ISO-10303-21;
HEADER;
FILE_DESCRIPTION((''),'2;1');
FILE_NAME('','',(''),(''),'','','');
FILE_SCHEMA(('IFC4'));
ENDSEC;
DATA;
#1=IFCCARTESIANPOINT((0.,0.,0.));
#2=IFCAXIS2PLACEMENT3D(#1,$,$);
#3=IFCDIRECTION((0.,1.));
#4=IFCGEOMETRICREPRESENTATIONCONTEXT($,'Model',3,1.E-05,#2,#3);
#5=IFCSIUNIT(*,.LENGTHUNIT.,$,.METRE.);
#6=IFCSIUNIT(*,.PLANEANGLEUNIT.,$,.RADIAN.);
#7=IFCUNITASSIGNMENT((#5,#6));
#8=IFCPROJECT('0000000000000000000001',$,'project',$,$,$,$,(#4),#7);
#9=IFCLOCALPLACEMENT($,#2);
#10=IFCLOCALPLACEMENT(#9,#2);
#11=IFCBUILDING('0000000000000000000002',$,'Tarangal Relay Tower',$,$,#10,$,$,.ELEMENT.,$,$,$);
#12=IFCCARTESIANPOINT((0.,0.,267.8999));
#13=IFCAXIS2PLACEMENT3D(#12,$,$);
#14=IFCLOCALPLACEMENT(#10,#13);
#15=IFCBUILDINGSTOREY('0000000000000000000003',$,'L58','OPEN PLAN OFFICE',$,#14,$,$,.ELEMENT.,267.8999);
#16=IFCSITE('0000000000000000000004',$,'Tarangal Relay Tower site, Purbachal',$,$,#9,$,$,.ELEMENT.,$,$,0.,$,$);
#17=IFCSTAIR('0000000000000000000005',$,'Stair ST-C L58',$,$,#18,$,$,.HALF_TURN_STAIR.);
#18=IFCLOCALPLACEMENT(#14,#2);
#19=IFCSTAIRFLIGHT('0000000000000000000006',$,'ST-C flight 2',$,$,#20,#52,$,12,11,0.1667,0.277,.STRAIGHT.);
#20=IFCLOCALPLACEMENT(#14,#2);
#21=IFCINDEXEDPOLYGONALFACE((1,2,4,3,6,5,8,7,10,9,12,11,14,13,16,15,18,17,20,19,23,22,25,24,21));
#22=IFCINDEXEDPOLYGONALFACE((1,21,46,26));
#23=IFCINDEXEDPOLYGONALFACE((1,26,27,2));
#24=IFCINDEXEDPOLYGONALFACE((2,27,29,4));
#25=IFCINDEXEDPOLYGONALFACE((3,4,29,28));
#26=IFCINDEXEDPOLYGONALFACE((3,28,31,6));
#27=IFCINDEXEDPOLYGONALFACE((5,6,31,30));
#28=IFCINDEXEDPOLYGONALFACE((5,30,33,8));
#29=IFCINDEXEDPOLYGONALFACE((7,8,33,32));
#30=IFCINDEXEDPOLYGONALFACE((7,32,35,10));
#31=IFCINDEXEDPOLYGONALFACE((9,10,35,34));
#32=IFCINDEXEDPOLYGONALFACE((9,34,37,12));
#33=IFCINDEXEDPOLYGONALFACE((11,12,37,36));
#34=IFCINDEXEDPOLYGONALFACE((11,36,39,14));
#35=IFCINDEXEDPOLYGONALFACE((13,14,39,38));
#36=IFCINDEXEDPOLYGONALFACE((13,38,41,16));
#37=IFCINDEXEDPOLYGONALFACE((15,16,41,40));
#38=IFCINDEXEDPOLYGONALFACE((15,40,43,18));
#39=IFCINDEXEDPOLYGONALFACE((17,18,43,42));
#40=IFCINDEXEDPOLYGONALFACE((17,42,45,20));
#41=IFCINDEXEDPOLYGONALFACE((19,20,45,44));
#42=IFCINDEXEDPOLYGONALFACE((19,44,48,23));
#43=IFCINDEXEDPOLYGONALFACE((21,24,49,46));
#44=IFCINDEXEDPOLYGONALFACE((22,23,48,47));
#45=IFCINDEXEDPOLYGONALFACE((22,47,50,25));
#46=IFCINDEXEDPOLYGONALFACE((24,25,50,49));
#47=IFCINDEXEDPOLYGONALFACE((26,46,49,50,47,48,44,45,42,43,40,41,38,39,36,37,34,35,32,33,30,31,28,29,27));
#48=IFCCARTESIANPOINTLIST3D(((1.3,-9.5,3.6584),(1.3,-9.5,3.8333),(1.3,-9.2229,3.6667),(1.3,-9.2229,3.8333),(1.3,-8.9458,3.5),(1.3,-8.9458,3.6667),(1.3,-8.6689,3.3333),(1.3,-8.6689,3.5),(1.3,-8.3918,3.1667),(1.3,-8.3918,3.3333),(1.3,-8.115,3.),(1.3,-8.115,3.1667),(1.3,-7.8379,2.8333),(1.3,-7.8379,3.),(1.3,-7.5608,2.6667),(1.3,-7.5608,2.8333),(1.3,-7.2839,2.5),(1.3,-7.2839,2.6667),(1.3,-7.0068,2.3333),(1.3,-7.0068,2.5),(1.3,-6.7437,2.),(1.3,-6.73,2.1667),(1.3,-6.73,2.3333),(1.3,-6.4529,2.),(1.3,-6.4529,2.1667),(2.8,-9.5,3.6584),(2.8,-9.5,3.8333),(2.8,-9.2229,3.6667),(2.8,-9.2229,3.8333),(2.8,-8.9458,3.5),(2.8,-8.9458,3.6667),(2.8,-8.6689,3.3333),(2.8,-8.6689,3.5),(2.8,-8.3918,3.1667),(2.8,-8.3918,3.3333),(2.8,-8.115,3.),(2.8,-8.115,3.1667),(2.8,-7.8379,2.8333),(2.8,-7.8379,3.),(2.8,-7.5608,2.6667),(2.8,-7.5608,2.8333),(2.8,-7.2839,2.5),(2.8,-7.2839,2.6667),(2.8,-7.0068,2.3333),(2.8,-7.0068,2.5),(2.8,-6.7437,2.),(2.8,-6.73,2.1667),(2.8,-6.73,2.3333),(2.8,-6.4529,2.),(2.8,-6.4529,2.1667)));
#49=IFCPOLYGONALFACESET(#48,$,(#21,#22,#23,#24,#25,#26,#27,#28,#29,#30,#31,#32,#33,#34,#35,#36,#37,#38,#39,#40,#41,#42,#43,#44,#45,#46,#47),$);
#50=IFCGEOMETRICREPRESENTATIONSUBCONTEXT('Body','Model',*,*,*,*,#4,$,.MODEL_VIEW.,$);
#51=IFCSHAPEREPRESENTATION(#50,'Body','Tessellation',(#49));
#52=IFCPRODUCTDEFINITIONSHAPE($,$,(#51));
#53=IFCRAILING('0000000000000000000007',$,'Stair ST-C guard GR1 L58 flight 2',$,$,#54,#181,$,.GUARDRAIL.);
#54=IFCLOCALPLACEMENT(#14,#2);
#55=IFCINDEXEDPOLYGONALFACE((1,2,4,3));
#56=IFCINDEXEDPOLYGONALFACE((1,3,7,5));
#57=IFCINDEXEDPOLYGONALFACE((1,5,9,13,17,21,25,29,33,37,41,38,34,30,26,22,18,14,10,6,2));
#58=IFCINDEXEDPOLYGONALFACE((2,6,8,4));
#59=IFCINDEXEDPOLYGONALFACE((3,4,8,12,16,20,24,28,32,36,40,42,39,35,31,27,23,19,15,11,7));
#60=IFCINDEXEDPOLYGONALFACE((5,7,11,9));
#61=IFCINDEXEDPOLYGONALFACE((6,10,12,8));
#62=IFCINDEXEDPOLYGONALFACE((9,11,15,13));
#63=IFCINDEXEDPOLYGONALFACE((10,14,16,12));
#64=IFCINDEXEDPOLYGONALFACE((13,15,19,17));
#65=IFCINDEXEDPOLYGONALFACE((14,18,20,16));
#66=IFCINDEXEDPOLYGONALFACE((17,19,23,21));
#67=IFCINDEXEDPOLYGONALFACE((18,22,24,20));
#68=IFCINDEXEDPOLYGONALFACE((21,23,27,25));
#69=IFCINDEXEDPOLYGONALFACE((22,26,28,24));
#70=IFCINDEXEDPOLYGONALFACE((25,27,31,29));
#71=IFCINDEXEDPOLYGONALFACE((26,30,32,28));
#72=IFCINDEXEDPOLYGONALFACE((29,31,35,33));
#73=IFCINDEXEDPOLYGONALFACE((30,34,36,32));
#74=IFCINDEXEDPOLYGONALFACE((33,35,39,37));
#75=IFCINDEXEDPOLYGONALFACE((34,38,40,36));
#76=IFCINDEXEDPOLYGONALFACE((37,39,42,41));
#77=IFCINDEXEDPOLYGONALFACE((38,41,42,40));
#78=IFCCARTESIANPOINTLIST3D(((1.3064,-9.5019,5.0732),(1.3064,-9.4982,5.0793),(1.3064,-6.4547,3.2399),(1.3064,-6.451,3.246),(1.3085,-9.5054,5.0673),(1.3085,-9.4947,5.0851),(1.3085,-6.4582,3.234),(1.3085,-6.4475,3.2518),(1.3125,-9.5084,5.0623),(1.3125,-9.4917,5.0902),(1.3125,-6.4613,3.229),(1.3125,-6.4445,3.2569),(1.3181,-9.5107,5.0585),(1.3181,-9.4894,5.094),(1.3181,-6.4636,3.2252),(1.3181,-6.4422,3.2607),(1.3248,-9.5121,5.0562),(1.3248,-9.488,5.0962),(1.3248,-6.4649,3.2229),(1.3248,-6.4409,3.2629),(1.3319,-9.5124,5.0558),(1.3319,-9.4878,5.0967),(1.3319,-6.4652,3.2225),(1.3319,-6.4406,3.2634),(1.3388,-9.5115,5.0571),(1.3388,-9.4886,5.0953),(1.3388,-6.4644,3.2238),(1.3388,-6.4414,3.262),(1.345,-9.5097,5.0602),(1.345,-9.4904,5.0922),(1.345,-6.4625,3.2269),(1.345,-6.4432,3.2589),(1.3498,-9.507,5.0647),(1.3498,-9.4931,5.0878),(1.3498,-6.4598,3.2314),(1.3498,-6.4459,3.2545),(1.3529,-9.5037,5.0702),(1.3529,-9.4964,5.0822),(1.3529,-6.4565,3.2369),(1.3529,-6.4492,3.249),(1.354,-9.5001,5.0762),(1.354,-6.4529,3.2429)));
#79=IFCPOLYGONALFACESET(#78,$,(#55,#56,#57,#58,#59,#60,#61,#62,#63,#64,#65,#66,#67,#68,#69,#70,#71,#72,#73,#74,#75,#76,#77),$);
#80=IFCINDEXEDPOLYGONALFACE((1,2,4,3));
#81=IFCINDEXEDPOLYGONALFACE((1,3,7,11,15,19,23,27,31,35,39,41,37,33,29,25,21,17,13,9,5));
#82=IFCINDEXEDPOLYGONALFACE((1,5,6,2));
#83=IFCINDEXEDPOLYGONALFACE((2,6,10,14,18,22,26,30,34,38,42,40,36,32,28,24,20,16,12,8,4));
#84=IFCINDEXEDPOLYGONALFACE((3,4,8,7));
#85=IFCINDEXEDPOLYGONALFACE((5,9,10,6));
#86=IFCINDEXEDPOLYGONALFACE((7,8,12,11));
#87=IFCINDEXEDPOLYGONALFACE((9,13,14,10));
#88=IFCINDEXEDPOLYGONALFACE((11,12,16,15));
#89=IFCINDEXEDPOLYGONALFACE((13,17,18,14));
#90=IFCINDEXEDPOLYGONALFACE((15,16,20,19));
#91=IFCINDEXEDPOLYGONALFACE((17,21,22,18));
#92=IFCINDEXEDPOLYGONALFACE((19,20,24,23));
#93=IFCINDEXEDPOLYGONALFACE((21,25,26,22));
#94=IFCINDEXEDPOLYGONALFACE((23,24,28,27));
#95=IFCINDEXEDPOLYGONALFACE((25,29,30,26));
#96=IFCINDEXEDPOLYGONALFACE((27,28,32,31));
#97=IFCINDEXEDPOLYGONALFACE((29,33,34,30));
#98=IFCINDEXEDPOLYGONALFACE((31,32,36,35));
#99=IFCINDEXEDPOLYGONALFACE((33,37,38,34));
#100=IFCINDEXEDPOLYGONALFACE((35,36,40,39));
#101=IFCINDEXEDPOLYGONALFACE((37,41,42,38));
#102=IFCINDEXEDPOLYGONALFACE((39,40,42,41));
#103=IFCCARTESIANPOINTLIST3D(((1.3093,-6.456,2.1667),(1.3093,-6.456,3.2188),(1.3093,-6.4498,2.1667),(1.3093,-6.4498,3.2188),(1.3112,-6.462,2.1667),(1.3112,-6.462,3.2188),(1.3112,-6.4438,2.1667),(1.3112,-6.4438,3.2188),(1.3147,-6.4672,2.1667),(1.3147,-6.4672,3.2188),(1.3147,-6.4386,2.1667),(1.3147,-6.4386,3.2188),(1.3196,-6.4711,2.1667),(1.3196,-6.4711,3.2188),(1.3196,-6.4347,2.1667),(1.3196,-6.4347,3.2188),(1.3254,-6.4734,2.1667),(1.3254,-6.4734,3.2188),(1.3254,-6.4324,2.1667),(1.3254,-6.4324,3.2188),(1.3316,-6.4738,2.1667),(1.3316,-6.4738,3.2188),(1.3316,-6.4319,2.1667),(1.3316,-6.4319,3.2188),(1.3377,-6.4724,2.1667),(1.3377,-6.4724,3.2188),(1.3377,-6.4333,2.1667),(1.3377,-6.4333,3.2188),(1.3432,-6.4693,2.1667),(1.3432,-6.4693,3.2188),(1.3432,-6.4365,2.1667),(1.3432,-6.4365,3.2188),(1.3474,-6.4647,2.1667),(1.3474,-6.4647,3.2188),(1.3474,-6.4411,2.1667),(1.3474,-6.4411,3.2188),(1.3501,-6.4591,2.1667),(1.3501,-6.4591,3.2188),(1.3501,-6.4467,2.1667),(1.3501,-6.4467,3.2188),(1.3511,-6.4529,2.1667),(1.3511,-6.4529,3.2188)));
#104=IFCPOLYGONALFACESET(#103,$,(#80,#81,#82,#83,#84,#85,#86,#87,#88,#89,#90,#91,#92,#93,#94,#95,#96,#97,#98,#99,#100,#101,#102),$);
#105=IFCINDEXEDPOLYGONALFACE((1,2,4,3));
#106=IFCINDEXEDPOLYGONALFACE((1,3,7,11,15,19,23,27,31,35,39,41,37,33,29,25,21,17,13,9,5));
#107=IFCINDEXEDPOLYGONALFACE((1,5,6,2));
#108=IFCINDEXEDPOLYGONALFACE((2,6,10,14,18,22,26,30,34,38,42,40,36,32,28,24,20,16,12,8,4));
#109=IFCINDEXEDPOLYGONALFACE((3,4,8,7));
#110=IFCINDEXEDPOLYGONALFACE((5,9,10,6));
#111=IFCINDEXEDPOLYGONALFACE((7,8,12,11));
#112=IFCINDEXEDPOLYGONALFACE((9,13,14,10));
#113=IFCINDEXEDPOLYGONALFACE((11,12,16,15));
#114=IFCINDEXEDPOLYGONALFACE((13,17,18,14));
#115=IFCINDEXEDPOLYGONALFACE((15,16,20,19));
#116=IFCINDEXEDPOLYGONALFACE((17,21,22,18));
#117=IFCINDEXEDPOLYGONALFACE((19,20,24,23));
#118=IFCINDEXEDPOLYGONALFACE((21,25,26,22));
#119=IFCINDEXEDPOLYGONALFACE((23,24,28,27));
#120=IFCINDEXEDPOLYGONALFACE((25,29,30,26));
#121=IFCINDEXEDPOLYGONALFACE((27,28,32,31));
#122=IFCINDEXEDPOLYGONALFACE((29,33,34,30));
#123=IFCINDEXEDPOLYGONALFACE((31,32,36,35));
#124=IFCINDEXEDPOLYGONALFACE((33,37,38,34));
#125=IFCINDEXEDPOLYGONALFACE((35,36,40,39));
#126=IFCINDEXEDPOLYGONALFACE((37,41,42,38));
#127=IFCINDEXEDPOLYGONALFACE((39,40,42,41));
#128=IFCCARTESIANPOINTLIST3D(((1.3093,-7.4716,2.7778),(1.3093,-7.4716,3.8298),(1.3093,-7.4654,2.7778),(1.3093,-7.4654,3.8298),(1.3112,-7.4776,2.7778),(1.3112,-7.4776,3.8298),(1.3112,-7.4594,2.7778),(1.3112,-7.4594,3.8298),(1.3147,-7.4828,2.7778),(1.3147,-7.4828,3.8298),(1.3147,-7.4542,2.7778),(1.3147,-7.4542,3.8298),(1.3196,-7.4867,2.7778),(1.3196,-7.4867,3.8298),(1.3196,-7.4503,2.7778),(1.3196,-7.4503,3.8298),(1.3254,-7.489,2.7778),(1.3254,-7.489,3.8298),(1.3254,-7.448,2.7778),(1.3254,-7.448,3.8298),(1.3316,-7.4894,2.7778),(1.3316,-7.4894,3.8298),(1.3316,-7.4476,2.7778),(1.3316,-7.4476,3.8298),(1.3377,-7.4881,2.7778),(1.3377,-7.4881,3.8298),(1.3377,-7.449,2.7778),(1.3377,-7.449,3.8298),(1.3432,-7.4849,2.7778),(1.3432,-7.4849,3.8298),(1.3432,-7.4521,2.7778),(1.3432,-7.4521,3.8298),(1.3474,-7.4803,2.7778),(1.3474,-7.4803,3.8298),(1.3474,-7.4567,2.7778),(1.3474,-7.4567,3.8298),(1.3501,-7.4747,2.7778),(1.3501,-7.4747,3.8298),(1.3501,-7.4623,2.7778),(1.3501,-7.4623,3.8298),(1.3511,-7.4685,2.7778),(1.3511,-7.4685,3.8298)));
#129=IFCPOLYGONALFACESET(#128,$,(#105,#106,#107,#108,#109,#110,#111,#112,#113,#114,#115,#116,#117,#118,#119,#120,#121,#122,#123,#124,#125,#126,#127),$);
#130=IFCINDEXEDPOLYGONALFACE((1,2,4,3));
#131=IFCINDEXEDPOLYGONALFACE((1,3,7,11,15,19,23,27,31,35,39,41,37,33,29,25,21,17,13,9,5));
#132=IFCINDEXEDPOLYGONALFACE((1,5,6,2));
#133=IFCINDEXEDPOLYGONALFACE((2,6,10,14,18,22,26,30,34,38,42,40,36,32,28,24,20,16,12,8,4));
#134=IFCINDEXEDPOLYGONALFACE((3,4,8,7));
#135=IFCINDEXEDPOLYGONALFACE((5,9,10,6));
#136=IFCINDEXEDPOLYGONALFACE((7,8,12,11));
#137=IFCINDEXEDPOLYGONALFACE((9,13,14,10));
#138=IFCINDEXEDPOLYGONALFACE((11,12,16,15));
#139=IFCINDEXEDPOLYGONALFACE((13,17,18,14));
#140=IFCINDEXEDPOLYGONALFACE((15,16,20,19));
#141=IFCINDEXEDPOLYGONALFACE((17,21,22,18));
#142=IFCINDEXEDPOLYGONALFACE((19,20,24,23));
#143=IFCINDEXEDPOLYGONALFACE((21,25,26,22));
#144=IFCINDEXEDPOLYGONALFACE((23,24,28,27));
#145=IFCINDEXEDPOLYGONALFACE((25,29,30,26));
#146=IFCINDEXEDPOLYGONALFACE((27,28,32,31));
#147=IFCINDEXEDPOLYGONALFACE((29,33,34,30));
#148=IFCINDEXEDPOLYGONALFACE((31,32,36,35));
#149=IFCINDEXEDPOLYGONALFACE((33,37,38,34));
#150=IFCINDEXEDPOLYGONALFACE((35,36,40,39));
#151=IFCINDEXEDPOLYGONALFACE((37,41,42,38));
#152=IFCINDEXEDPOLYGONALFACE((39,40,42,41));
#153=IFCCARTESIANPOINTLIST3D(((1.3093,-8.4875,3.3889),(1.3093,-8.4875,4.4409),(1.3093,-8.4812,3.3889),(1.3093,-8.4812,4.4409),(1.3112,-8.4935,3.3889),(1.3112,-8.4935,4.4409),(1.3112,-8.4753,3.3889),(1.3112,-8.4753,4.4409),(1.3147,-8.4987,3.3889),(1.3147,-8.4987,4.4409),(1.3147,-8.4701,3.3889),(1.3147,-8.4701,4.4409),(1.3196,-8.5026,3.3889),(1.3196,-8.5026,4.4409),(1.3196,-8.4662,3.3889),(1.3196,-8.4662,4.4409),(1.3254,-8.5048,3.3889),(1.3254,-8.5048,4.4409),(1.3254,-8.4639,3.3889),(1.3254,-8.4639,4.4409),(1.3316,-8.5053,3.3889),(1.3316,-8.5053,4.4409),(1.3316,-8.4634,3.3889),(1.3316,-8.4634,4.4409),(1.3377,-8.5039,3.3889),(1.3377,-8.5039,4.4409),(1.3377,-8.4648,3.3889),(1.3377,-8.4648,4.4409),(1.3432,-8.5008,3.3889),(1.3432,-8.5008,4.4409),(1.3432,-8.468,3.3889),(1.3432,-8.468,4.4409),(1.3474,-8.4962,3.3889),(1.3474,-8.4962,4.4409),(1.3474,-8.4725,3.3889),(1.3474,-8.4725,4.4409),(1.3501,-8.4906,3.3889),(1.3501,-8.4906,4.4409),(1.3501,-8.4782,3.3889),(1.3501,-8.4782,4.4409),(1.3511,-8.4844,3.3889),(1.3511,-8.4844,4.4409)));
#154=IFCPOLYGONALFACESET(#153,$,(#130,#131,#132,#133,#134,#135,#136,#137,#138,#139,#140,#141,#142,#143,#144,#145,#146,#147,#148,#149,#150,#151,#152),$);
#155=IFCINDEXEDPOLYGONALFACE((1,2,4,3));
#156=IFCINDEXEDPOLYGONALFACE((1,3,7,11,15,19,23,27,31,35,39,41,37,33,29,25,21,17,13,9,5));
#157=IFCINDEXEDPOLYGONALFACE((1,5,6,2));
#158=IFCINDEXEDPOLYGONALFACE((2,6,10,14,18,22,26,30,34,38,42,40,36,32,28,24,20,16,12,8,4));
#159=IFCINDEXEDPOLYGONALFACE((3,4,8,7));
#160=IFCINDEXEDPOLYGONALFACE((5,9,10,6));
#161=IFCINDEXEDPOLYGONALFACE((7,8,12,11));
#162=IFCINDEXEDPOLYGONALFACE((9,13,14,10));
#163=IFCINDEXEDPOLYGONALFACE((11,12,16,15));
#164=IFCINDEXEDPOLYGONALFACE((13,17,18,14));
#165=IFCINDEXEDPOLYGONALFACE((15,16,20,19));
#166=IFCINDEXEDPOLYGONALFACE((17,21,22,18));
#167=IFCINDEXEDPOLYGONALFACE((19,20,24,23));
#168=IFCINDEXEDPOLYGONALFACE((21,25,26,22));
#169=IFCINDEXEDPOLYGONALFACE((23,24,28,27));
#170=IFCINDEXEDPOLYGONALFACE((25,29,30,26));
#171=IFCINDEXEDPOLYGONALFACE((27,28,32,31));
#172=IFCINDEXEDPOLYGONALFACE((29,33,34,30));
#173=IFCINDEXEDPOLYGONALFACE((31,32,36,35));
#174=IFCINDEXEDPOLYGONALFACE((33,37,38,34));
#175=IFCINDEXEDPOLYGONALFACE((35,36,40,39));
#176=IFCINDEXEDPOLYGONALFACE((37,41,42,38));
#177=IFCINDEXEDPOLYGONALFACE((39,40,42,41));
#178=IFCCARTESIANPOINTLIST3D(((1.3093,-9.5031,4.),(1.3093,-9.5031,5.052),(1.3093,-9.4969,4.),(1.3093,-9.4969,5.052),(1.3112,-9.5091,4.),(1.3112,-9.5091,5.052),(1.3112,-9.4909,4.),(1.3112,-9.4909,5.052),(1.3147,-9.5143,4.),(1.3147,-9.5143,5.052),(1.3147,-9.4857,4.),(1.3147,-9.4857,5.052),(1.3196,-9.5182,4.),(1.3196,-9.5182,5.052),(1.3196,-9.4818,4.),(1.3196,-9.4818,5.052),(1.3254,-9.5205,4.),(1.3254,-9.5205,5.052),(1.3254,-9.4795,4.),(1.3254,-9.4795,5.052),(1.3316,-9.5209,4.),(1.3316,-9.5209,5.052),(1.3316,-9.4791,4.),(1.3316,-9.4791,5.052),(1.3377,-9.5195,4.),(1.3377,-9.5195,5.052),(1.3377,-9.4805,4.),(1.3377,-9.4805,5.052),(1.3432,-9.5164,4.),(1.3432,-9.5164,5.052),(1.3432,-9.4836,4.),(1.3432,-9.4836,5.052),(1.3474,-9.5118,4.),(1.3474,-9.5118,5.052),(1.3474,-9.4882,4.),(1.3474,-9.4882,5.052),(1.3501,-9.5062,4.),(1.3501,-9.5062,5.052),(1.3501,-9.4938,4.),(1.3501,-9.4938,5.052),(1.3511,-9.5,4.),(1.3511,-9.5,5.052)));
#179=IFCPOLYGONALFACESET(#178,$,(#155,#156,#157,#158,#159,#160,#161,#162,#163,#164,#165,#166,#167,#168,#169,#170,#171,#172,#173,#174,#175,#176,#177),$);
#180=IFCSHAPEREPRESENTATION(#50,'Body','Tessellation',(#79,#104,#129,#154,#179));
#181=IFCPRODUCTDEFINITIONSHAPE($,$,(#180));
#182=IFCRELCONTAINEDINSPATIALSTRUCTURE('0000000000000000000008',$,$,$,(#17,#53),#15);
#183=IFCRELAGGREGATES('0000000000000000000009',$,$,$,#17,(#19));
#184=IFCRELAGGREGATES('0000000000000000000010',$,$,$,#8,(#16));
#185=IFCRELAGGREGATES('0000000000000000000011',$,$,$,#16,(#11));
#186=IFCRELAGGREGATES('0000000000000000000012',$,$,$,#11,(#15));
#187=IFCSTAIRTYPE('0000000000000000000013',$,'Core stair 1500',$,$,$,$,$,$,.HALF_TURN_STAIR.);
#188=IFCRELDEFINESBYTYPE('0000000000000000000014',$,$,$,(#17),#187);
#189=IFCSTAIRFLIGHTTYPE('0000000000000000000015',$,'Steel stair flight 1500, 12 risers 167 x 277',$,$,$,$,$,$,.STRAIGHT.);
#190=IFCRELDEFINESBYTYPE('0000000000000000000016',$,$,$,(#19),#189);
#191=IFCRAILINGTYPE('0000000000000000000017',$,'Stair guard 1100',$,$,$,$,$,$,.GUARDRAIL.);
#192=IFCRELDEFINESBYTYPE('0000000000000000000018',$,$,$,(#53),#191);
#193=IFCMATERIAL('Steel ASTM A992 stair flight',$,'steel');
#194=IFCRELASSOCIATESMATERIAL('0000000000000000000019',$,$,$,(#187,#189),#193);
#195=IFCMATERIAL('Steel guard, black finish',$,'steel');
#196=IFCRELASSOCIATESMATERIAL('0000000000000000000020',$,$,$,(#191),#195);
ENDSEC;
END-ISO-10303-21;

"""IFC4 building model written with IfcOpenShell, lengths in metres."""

from ifc_helpers import new_model, si_unit, direction, frame, origin, origin_2d, place, context, subcontext, project, spatial, polyline, circle, outline, extrude, material, type_object, element, aggregate, save


model = new_model("IFC4")

# Units and contexts
model_context = context("Model", 3, precision=1e-05, world=origin(), true_north=direction((0.0, 1.0)))
body_context = subcontext(model_context, "Body", "Model", "MODEL_VIEW")
ifc_project = project(units=[si_unit("LENGTHUNIT", "METRE"), si_unit("PLANEANGLEUNIT", "RADIAN")], contexts=[model_context])

# Site, building, storey
site_placement = place(None, origin())
site = spatial("IfcSite", under=ifc_project, at=site_placement, Name="Tarangal Relay Tower site, Purbachal", CompositionType="ELEMENT", RefElevation=0.0)
building_placement = place(site_placement, origin())
building = spatial("IfcBuilding", under=site, at=building_placement, Name="Tarangal Relay Tower", CompositionType="ELEMENT")
storey_placement = place(building_placement, frame((0.0, 0.0, 267.8999)))
storey = spatial("IfcBuildingStorey", under=building, at=storey_placement, Name="L58", Description="OPEN PLAN OFFICE", CompositionType="ELEMENT", Elevation=267.8999)

# Stair, stair flight
ifc_material_1 = material(Name="Steel ASTM A992 stair flight", Category="steel")
stair_type = type_object("IfcStairType", Name="Core stair 1500", PredefinedType="HALF_TURN_STAIR", material=ifc_material_1)
stair_placement = place(storey_placement, origin())
stair = element("IfcStair", 1, at=stair_placement, inside=storey, type_object=stair_type, Name="Stair ST-C L58", PredefinedType="HALF_TURN_STAIR")
stair_flight_type = type_object("IfcStairFlightType", Name="Steel stair flight 1500, 12 risers 167 x 277", PredefinedType="STRAIGHT", material=ifc_material_1)
stair_flight_placement = place(storey_placement, frame((2.05, -6.4529, 2.0), z_axis=(0.0, 0.0, 1.0), x_axis=(0.0, -1.0, 0.0)))
stair_flight = element("IfcStairFlight", 2, at=stair_flight_placement, type_object=stair_flight_type, Name="ST-C flight 2", NumberOfRisers=12, NumberOfTreads=11, PredefinedType="STRAIGHT", RiserHeight=0.1667, TreadLength=0.277, context=body_context, shape_type="SweptSolid", body=[
    extrude(outline(polyline([(0.0, 0.0), (0.0, 0.1667), (0.2771, 0.1667), (0.2771, 0.3333), (0.554, 0.3333), (0.554, 0.5), (0.8311, 0.5), (0.8311, 0.6667), (1.1079, 0.6667), (1.1079, 0.8333), (1.385, 0.8333), (1.385, 1.0), (1.6621, 1.0), (1.6621, 1.1667), (1.939, 1.1667), (1.939, 1.3333), (2.2161, 1.3333), (2.2161, 1.5), (2.4929, 1.5), (2.4929, 1.6667), (2.77, 1.6667), (2.77, 1.8333), (3.0471, 1.8333), (3.0471, 2.0), (3.0471, 1.6584), (0.2908, 0.0), (0.0, 0.0)])), frame((0.0, 0.75, 0.0), z_axis=(0.0, -1.0, 0.0), x_axis=(1.0, 0.0, 0.0)), (0.0, 0.0, 1.0), 1.5),
])
aggregate(stair, [stair_flight])

# Railing
ifc_material_2 = material(Name="Steel guard, black finish", Category="steel")
railing_type_1 = type_object("IfcRailingType", Name="Stair guard 1100", PredefinedType="GUARDRAIL", material=ifc_material_2)
railing_1_placement = place(storey_placement, frame((1.3301, -6.4529, 2.1667)))
element("IfcRailing", 3, at=railing_1_placement, inside=storey, type_object=railing_type_1, Name="Stair ST-C guard GR1 L58 flight 2", PredefinedType="GUARDRAIL", context=body_context, shape_type="SweptSolid", body=[
    extrude(circle(Radius=0.0239, at=origin_2d()), frame((0.0, 0.0, 1.0762), z_axis=(0.0, -0.856874, 0.515525), x_axis=(1.0, 0.0, 0.0)), (0.0, 0.0, 1.0), 3.5562),
    extrude(circle(Radius=0.021, at=origin_2d()), origin(), (0.0, 0.0, 1.0), 1.052),
    extrude(circle(Radius=0.021, at=origin_2d()), frame((0.0, -1.0156, 0.6111)), (0.0, 0.0, 1.0), 1.052),
    extrude(circle(Radius=0.021, at=origin_2d()), frame((0.0, -2.0315, 1.2222)), (0.0, 0.0, 1.0), 1.052),
    extrude(circle(Radius=0.021, at=origin_2d()), frame((0.0, -3.0471, 1.8333)), (0.0, 0.0, 1.0), 1.052),
])

save(model, "model.ifc")
